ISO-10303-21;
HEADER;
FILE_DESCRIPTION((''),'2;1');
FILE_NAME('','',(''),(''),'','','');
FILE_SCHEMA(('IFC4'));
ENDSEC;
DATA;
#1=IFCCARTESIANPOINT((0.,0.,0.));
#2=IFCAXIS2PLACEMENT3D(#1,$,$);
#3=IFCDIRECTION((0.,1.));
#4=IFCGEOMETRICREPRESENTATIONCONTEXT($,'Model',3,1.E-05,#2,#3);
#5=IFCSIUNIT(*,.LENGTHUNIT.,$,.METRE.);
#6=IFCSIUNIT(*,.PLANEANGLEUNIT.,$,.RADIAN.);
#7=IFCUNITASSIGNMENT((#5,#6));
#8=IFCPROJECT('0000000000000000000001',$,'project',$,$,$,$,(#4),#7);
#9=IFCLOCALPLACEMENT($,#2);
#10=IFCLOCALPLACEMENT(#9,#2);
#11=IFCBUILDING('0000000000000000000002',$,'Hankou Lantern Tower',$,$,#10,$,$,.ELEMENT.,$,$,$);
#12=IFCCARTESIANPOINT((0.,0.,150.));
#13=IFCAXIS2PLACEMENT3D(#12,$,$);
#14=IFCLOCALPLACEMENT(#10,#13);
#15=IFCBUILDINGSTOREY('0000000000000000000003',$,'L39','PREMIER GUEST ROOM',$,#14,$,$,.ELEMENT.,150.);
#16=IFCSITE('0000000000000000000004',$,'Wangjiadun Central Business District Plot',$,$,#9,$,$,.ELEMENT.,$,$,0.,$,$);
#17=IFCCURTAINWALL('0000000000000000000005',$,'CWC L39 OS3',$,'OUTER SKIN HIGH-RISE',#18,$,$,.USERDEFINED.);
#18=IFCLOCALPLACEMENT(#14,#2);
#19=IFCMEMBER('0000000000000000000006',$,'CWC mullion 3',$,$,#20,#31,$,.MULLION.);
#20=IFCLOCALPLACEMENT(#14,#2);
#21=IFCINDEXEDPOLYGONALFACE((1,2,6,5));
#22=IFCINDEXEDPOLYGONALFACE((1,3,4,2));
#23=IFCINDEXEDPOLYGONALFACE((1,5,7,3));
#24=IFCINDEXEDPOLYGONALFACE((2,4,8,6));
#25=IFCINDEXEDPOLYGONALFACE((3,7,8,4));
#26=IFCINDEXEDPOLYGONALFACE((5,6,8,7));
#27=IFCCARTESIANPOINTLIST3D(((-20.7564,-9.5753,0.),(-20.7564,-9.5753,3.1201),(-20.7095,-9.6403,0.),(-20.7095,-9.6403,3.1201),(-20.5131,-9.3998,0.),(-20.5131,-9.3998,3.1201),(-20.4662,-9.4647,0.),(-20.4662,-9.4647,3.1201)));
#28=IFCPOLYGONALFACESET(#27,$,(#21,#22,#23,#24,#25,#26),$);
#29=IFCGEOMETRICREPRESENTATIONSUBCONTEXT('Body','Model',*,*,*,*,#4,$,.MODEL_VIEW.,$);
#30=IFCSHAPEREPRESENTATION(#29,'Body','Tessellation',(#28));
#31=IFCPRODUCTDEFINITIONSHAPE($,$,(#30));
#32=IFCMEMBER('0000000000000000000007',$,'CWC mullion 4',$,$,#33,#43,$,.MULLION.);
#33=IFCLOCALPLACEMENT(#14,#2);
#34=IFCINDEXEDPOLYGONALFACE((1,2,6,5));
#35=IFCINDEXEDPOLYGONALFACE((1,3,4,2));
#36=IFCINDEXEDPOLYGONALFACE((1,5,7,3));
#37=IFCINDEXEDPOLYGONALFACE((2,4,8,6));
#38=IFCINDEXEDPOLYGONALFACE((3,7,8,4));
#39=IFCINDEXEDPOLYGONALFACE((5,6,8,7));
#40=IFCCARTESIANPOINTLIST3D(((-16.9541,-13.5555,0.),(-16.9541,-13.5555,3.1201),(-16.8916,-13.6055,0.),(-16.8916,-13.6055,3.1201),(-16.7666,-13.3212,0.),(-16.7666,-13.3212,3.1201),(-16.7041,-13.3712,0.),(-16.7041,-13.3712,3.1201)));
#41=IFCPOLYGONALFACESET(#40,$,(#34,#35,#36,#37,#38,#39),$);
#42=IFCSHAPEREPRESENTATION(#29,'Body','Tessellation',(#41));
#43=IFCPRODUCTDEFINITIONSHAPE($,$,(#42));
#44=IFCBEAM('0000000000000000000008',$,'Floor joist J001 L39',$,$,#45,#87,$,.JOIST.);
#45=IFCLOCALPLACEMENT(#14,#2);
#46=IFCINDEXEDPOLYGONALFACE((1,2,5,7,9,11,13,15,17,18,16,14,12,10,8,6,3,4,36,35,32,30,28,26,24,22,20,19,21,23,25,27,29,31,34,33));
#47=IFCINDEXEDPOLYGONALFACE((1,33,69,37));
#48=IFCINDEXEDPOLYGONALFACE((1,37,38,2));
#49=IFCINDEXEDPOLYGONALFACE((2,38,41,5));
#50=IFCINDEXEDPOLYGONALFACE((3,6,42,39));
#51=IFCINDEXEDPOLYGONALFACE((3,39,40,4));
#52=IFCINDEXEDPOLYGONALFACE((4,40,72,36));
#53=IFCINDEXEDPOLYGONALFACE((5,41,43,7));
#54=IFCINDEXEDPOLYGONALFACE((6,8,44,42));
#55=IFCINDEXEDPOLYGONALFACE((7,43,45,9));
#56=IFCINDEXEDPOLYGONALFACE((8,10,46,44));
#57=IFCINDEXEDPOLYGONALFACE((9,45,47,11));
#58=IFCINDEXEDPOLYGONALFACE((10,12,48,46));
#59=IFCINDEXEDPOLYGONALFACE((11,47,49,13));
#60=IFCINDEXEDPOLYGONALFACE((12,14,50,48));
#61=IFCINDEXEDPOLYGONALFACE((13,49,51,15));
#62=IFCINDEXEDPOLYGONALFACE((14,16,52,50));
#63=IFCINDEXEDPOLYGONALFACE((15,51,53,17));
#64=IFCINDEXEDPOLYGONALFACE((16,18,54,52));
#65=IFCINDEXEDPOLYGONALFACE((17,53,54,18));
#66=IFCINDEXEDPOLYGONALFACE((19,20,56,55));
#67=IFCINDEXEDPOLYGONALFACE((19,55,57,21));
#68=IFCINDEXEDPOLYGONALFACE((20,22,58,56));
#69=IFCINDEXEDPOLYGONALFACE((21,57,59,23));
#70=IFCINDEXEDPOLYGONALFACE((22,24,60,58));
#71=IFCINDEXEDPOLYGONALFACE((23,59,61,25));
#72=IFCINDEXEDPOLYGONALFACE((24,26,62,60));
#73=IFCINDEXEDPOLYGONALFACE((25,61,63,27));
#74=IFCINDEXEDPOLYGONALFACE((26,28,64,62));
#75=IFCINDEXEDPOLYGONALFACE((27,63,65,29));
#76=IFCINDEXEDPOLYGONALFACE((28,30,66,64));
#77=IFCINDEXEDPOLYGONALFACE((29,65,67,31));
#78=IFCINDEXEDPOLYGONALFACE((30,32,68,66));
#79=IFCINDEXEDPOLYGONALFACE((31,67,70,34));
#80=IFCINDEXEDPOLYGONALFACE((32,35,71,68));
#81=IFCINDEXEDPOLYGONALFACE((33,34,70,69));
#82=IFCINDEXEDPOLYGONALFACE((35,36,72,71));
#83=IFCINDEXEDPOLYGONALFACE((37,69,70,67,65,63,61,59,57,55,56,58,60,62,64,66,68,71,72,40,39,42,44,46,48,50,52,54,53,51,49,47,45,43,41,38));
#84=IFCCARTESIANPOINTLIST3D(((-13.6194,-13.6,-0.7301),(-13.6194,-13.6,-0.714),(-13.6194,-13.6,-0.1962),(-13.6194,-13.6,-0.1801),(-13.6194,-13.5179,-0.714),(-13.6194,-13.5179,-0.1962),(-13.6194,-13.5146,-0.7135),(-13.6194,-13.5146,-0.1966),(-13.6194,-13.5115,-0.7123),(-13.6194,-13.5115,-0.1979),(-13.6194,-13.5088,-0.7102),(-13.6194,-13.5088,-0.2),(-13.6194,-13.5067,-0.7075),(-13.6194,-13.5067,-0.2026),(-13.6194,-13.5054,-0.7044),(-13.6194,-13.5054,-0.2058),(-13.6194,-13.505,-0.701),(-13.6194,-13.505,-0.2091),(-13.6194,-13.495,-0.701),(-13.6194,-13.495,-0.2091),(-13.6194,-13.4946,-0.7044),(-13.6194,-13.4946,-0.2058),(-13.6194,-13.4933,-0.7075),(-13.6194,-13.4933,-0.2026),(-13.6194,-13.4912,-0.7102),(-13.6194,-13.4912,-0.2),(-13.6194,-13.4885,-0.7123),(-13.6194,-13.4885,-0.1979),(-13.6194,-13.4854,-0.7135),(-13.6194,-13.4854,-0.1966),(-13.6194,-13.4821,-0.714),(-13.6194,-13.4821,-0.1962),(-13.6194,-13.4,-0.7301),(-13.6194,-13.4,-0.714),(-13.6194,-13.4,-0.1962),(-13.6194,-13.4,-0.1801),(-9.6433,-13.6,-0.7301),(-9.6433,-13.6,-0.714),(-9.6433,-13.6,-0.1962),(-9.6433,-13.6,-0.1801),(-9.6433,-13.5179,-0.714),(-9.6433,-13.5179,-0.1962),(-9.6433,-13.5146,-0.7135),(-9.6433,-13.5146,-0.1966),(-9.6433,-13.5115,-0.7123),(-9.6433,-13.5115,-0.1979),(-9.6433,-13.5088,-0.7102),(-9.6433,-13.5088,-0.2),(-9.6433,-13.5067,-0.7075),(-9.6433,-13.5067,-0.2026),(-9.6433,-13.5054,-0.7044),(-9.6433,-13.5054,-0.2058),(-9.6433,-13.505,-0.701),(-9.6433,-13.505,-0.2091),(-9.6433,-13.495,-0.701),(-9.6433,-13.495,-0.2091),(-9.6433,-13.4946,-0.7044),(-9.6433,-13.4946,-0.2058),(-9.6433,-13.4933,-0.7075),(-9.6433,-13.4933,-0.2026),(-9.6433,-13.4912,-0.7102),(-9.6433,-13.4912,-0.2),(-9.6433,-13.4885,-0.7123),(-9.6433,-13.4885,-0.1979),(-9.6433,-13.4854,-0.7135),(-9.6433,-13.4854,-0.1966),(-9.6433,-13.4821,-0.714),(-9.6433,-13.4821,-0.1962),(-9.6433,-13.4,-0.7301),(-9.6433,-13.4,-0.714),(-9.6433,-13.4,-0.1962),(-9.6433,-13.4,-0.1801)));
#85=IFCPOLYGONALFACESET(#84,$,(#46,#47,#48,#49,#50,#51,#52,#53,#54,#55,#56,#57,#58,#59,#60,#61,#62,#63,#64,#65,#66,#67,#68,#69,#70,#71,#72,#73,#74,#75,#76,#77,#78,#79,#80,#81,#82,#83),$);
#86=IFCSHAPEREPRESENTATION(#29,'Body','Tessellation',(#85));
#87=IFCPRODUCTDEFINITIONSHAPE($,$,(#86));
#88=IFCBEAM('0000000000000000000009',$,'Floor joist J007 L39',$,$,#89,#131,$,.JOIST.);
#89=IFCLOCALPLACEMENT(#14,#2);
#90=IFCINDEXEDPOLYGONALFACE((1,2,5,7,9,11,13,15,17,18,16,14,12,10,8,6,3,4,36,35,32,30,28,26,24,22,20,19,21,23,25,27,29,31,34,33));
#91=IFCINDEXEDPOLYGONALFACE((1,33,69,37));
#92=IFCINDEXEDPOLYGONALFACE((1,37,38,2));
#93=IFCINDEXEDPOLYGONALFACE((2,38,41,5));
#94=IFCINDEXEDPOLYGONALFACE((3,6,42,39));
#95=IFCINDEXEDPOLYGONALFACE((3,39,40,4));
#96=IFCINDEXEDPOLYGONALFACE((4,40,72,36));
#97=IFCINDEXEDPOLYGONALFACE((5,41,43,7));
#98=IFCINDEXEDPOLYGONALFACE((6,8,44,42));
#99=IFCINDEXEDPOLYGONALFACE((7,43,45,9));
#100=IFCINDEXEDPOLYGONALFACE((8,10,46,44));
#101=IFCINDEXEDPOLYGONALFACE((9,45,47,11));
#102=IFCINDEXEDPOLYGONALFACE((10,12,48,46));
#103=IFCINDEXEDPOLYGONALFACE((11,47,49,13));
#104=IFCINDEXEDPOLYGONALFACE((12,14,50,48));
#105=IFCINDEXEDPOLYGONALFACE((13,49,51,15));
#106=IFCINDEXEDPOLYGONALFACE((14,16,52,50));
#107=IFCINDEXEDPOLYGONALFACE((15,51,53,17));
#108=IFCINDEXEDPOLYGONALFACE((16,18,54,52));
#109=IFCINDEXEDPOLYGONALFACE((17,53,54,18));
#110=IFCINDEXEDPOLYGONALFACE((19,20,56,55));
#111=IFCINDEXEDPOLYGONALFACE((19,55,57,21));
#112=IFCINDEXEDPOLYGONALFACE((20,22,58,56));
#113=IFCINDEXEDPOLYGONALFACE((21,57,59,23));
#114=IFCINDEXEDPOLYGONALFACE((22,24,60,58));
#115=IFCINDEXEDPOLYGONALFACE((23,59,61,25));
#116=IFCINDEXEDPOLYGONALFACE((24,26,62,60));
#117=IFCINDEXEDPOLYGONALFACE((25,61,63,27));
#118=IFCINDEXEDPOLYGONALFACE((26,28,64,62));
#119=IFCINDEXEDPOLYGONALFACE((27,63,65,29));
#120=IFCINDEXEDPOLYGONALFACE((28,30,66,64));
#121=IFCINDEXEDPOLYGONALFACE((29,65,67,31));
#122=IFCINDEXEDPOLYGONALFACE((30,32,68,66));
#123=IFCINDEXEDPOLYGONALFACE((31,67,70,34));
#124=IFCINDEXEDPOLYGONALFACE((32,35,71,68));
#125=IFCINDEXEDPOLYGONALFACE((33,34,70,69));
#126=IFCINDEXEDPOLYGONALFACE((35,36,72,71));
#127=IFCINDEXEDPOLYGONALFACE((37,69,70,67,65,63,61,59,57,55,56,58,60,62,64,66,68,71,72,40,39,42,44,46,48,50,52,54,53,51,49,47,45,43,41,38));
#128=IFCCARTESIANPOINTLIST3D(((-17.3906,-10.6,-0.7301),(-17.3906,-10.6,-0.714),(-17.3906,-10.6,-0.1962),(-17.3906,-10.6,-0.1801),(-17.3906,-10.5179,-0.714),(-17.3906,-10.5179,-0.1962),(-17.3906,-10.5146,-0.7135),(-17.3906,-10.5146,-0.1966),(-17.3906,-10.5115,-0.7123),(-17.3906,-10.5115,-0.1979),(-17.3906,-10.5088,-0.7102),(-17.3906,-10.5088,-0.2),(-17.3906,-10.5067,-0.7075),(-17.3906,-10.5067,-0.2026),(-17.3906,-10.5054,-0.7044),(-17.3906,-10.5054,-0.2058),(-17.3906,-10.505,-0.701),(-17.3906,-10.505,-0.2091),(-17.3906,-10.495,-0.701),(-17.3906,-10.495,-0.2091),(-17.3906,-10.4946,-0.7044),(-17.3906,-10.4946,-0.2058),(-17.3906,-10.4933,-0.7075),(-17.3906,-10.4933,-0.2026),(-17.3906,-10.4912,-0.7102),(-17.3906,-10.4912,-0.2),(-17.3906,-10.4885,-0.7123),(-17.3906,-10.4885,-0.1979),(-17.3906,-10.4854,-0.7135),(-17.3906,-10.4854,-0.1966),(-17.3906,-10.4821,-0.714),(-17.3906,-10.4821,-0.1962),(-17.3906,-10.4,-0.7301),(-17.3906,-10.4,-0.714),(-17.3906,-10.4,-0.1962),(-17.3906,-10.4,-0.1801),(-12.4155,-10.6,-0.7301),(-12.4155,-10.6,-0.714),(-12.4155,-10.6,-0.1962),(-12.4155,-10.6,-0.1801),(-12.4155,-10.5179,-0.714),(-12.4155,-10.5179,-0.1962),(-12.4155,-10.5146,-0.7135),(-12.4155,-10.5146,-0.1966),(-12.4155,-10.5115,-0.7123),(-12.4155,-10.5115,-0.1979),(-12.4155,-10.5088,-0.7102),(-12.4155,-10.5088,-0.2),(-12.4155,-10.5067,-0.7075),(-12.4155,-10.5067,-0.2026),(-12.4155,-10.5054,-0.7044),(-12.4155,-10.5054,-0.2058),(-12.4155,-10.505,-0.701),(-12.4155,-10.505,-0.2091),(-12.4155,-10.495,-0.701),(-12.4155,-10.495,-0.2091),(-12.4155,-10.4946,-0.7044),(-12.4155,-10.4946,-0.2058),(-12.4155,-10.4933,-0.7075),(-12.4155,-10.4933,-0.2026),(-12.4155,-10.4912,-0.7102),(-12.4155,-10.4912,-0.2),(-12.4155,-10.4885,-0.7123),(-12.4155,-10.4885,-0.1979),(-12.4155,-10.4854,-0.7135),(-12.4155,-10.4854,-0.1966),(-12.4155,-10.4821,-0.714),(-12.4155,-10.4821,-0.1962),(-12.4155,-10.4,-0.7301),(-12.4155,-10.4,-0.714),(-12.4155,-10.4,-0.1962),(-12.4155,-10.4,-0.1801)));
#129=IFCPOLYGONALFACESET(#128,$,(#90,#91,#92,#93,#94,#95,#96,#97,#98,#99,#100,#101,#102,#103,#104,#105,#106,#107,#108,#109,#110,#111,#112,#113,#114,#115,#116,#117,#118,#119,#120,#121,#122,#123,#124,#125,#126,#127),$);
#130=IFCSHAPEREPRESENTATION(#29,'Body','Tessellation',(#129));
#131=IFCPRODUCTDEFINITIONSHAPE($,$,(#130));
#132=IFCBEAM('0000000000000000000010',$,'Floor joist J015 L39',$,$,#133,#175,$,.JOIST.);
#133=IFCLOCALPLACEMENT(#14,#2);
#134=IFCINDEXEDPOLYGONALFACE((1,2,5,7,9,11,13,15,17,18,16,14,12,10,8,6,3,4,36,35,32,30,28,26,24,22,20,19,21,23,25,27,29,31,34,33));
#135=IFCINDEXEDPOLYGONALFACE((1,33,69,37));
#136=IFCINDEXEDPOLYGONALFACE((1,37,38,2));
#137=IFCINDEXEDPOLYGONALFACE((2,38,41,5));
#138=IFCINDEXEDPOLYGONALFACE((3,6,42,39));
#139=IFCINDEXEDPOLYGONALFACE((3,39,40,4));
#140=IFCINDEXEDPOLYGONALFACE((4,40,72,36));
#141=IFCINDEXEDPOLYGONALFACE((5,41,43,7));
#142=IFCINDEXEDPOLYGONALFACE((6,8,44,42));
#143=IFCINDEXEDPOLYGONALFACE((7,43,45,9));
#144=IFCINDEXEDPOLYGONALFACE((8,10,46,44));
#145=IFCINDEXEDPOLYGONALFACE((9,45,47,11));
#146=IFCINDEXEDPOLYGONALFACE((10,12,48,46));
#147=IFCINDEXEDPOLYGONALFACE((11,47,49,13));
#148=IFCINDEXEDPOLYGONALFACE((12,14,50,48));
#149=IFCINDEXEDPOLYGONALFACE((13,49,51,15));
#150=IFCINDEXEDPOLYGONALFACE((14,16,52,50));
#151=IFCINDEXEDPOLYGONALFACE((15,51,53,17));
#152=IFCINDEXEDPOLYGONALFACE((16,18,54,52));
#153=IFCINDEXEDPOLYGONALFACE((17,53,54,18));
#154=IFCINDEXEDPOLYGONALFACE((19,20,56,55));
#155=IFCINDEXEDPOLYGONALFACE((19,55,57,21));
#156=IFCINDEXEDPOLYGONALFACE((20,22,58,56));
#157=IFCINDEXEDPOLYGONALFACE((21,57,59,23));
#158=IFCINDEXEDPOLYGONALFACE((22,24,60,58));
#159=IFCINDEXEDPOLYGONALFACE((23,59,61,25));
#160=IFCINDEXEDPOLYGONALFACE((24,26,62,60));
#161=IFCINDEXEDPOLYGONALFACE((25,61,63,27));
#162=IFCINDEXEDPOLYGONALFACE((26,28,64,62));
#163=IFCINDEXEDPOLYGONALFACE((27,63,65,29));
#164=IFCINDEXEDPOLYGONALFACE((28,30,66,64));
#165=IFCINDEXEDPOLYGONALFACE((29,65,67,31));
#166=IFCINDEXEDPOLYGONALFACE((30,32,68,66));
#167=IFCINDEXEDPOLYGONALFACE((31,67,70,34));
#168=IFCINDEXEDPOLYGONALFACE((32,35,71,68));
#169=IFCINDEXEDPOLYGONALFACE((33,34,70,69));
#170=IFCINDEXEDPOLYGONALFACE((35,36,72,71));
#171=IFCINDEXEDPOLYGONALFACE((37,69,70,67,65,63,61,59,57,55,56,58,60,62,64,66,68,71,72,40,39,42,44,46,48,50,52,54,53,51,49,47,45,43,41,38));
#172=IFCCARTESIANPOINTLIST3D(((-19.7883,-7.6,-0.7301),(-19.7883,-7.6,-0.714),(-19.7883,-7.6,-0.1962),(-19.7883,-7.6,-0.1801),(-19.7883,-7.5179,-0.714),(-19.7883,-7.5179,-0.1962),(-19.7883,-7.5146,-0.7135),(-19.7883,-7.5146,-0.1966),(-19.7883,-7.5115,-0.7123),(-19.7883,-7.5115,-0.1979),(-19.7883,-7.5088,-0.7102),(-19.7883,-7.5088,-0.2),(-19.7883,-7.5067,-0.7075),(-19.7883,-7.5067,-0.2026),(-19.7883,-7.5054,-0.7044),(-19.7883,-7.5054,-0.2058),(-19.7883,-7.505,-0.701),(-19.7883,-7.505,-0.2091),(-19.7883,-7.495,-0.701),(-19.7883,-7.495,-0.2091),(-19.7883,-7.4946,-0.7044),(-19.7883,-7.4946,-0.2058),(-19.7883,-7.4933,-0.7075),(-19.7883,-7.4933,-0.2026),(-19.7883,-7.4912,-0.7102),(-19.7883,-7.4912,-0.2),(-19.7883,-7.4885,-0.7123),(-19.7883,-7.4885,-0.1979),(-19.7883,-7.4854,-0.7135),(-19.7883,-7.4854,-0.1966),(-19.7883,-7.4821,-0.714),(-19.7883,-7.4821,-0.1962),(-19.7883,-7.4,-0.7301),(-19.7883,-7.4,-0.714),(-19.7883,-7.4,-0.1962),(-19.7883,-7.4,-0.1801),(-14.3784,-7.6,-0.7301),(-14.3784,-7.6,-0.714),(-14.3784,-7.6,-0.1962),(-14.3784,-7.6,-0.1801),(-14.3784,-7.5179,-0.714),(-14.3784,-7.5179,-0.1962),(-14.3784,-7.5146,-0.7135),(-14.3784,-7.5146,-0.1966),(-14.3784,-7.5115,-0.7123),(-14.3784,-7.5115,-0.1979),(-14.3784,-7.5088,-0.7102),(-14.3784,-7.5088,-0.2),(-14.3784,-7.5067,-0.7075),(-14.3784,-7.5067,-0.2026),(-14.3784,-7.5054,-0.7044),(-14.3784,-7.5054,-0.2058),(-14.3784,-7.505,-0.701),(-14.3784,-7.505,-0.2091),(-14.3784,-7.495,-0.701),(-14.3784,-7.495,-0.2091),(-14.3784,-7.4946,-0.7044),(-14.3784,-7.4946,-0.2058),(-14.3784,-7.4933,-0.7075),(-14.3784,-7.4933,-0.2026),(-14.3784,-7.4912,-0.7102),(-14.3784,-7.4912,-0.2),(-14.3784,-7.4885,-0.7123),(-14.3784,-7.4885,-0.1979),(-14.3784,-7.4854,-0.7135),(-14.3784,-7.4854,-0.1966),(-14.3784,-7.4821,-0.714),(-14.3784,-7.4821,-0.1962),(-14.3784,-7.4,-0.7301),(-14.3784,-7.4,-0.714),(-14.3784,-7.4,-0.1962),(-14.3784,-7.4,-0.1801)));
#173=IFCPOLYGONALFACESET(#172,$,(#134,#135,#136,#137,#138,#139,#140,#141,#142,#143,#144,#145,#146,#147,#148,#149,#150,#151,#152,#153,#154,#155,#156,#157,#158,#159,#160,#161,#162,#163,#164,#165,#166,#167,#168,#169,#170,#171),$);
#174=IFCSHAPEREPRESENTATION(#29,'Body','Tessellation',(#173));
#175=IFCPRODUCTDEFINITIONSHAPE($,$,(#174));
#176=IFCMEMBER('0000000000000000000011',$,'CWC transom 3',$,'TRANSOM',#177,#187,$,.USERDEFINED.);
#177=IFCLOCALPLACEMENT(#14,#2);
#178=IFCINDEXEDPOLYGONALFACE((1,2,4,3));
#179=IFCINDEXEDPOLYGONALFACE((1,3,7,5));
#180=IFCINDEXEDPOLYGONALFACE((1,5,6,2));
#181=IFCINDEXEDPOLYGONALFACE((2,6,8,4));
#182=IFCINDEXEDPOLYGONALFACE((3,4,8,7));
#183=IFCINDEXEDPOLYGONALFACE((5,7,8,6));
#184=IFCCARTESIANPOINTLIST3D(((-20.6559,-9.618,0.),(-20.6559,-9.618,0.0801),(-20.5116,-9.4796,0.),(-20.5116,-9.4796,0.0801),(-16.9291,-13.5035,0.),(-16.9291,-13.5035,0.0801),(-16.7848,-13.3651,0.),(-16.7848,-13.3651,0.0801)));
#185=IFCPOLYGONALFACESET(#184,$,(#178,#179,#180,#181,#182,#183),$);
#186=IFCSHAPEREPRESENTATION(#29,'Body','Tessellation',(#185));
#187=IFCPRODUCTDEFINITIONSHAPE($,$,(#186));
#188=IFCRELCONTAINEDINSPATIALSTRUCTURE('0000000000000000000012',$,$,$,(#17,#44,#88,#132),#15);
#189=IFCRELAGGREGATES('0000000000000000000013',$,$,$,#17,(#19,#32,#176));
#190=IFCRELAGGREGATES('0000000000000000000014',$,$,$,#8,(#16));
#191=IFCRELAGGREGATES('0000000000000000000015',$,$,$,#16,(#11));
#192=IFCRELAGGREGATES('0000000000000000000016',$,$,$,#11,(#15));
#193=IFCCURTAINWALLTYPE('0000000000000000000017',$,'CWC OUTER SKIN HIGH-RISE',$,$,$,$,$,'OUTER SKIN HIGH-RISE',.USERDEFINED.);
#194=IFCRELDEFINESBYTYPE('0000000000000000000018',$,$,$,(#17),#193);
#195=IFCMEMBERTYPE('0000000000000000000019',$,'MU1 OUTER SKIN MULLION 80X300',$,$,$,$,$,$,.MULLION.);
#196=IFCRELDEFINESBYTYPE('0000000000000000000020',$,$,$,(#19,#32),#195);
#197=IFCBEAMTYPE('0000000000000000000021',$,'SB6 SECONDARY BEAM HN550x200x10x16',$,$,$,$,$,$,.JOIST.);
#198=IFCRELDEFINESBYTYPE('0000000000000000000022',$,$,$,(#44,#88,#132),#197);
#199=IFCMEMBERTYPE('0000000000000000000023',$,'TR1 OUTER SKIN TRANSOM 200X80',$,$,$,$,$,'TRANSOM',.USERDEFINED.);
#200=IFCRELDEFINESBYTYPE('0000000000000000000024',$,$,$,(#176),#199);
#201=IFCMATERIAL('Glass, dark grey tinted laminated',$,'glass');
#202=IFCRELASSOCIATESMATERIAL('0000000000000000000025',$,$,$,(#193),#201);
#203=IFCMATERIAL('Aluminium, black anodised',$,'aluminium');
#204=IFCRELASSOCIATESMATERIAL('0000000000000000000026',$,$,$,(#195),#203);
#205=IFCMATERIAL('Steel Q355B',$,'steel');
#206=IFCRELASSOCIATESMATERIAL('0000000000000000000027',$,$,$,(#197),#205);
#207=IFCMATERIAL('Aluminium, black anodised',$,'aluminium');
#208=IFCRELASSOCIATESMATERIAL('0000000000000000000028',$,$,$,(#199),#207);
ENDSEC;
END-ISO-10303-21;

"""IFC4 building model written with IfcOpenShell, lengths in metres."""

from ifc_helpers import new_model, si_unit, direction, frame, origin, origin_2d, place, context, subcontext, project, spatial, rectangle, i_section, extrude, material, material_profile, profile_set, type_object, element, aggregate, save


model = new_model("IFC4")

# Units and contexts
model_context = context("Model", 3, precision=1e-05, world=origin(), true_north=direction((0.0, 1.0)))
body_context = subcontext(model_context, "Body", "Model", "MODEL_VIEW")
ifc_project = project(units=[si_unit("LENGTHUNIT", "METRE"), si_unit("PLANEANGLEUNIT", "RADIAN")], contexts=[model_context])

# Site, building, storey
site_placement = place(None, origin())
site = spatial("IfcSite", under=ifc_project, at=site_placement, Name="Wangjiadun Central Business District Plot", CompositionType="ELEMENT", RefElevation=0.0)
building_placement = place(site_placement, origin())
building = spatial("IfcBuilding", under=site, at=building_placement, Name="Hankou Lantern Tower", CompositionType="ELEMENT")
storey_placement = place(building_placement, frame((0.0, 0.0, 150.0)))
storey = spatial("IfcBuildingStorey", under=building, at=storey_placement, Name="L39", Description="PREMIER GUEST ROOM", CompositionType="ELEMENT", Elevation=150.0)

# Curtain wall, members
ifc_material_1 = material(Name="Glass, dark grey tinted laminated", Category="glass")
curtain_wall_type = type_object("IfcCurtainWallType", Name="CWC OUTER SKIN HIGH-RISE", ElementType="OUTER SKIN HIGH-RISE", PredefinedType="USERDEFINED", material=ifc_material_1)
curtain_wall_placement = place(storey_placement, origin())
curtain_wall = element("IfcCurtainWall", 1, at=curtain_wall_placement, inside=storey, type_object=curtain_wall_type, Name="CWC L39 OS3", ObjectType="OUTER SKIN HIGH-RISE", PredefinedType="USERDEFINED")
ifc_material_2 = material(Name="Aluminium, black anodised", Category="aluminium")
ifc_material_profile_1 = material_profile(ifc_material_2, rectangle(XDim=0.0801, YDim=0.3, at=origin_2d()), Name="MU1 80X300")
ifc_profile_set_1 = profile_set([ifc_material_profile_1], Name="Aluminium, black anodised")
member_type_1 = type_object("IfcMemberType", Name="MU1 OUTER SKIN MULLION 80X300", PredefinedType="MULLION", material=ifc_profile_set_1)
member_1_placement = place(storey_placement, frame((-20.6113, -9.52, 0.0), z_axis=(0.0, 0.0, 1.0), x_axis=(0.585206, -0.810885, 0.0)))
member_1 = element("IfcMember", 2, at=member_1_placement, type_object=member_type_1, Name="CWC mullion 3", PredefinedType="MULLION", context=body_context, shape_type="SweptSolid", body=[
    extrude(rectangle(XDim=0.0801, YDim=0.3, at=origin_2d()), origin(), (0.0, 0.0, 1.0), 3.1201),
])
member_2_placement = place(storey_placement, frame((-16.8291, -13.4634, 0.0), z_axis=(0.0, 0.0, 1.0), x_axis=(0.780869, -0.624695, 0.0)))
member_2 = element("IfcMember", 3, at=member_2_placement, type_object=member_type_1, Name="CWC mullion 4", PredefinedType="MULLION", context=body_context, shape_type="SweptSolid", body=[
    extrude(rectangle(XDim=0.0801, YDim=0.3, at=origin_2d()), origin(), (0.0, 0.0, 1.0), 3.1201),
])

# Beams
ifc_material_3 = material(Name="Steel Q355B", Category="steel")
ifc_material_profile_2 = material_profile(ifc_material_3, i_section(OverallWidth=0.2, OverallDepth=0.55, WebThickness=0.01, FlangeThickness=0.0161, FilletRadius=0.0129, at=origin_2d()), Name="HN550x200x10x16")
ifc_profile_set_2 = profile_set([ifc_material_profile_2], Name="Steel Q355B")
beam_type_1 = type_object("IfcBeamType", Name="SB6 SECONDARY BEAM HN550x200x10x16", PredefinedType="JOIST", material=ifc_profile_set_2)
beam_1_placement = place(storey_placement, frame((-13.6194, -13.5, -0.4551), z_axis=(1.0, 0.0, 0.0), x_axis=(0.0, 1.0, 0.0)))
element("IfcBeam", 4, at=beam_1_placement, inside=storey, type_object=beam_type_1, Name="Floor joist J001 L39", PredefinedType="JOIST", context=body_context, shape_type="SweptSolid", body=[
    extrude(i_section(OverallWidth=0.2, OverallDepth=0.55, WebThickness=0.01, FlangeThickness=0.0161, FilletRadius=0.0129, at=origin_2d()), origin(), (0.0, 0.0, 1.0), 3.9761),
])
beam_2_placement = place(storey_placement, frame((-17.3906, -10.5, -0.4551), z_axis=(1.0, 0.0, 0.0), x_axis=(0.0, 1.0, 0.0)))
element("IfcBeam", 5, at=beam_2_placement, inside=storey, type_object=beam_type_1, Name="Floor joist J007 L39", PredefinedType="JOIST", context=body_context, shape_type="SweptSolid", body=[
    extrude(i_section(OverallWidth=0.2, OverallDepth=0.55, WebThickness=0.01, FlangeThickness=0.0161, FilletRadius=0.0129, at=origin_2d()), origin(), (0.0, 0.0, 1.0), 4.9751),
])
beam_3_placement = place(storey_placement, frame((-19.7883, -7.5, -0.4551), z_axis=(1.0, 0.0, 0.0), x_axis=(0.0, 1.0, 0.0)))
element("IfcBeam", 6, at=beam_3_placement, inside=storey, type_object=beam_type_1, Name="Floor joist J015 L39", PredefinedType="JOIST", context=body_context, shape_type="SweptSolid", body=[
    extrude(i_section(OverallWidth=0.2, OverallDepth=0.55, WebThickness=0.01, FlangeThickness=0.0161, FilletRadius=0.0129, at=origin_2d()), origin(), (0.0, 0.0, 1.0), 5.4099),
])

# Member
ifc_material_4 = material(Name="Aluminium, black anodised", Category="aluminium")
ifc_material_profile_3 = material_profile(ifc_material_4, rectangle(XDim=0.2, YDim=0.0801, at=origin_2d()), Name="TR1 200X80")
ifc_profile_set_3 = profile_set([ifc_material_profile_3], Name="Aluminium, black anodised")
member_type_2 = type_object("IfcMemberType", Name="TR1 OUTER SKIN TRANSOM 200X80", ElementType="TRANSOM", PredefinedType="USERDEFINED", material=ifc_profile_set_3)
member_3_placement = place(storey_placement, frame((-20.5837, -9.5488, 0.04), z_axis=(0.692216, -0.721691, 0.0), x_axis=(0.721691, 0.692216, 0.0)))
member_3 = element("IfcMember", 7, at=member_3_placement, type_object=member_type_2, Name="CWC transom 3", ObjectType="TRANSOM", PredefinedType="USERDEFINED", context=body_context, shape_type="SweptSolid", body=[
    extrude(rectangle(XDim=0.2, YDim=0.0801, at=origin_2d()), origin(), (0.0, 0.0, 1.0), 5.3838),
])

aggregate(curtain_wall, [member_1, member_2, member_3])

save(model, "model.ifc")
